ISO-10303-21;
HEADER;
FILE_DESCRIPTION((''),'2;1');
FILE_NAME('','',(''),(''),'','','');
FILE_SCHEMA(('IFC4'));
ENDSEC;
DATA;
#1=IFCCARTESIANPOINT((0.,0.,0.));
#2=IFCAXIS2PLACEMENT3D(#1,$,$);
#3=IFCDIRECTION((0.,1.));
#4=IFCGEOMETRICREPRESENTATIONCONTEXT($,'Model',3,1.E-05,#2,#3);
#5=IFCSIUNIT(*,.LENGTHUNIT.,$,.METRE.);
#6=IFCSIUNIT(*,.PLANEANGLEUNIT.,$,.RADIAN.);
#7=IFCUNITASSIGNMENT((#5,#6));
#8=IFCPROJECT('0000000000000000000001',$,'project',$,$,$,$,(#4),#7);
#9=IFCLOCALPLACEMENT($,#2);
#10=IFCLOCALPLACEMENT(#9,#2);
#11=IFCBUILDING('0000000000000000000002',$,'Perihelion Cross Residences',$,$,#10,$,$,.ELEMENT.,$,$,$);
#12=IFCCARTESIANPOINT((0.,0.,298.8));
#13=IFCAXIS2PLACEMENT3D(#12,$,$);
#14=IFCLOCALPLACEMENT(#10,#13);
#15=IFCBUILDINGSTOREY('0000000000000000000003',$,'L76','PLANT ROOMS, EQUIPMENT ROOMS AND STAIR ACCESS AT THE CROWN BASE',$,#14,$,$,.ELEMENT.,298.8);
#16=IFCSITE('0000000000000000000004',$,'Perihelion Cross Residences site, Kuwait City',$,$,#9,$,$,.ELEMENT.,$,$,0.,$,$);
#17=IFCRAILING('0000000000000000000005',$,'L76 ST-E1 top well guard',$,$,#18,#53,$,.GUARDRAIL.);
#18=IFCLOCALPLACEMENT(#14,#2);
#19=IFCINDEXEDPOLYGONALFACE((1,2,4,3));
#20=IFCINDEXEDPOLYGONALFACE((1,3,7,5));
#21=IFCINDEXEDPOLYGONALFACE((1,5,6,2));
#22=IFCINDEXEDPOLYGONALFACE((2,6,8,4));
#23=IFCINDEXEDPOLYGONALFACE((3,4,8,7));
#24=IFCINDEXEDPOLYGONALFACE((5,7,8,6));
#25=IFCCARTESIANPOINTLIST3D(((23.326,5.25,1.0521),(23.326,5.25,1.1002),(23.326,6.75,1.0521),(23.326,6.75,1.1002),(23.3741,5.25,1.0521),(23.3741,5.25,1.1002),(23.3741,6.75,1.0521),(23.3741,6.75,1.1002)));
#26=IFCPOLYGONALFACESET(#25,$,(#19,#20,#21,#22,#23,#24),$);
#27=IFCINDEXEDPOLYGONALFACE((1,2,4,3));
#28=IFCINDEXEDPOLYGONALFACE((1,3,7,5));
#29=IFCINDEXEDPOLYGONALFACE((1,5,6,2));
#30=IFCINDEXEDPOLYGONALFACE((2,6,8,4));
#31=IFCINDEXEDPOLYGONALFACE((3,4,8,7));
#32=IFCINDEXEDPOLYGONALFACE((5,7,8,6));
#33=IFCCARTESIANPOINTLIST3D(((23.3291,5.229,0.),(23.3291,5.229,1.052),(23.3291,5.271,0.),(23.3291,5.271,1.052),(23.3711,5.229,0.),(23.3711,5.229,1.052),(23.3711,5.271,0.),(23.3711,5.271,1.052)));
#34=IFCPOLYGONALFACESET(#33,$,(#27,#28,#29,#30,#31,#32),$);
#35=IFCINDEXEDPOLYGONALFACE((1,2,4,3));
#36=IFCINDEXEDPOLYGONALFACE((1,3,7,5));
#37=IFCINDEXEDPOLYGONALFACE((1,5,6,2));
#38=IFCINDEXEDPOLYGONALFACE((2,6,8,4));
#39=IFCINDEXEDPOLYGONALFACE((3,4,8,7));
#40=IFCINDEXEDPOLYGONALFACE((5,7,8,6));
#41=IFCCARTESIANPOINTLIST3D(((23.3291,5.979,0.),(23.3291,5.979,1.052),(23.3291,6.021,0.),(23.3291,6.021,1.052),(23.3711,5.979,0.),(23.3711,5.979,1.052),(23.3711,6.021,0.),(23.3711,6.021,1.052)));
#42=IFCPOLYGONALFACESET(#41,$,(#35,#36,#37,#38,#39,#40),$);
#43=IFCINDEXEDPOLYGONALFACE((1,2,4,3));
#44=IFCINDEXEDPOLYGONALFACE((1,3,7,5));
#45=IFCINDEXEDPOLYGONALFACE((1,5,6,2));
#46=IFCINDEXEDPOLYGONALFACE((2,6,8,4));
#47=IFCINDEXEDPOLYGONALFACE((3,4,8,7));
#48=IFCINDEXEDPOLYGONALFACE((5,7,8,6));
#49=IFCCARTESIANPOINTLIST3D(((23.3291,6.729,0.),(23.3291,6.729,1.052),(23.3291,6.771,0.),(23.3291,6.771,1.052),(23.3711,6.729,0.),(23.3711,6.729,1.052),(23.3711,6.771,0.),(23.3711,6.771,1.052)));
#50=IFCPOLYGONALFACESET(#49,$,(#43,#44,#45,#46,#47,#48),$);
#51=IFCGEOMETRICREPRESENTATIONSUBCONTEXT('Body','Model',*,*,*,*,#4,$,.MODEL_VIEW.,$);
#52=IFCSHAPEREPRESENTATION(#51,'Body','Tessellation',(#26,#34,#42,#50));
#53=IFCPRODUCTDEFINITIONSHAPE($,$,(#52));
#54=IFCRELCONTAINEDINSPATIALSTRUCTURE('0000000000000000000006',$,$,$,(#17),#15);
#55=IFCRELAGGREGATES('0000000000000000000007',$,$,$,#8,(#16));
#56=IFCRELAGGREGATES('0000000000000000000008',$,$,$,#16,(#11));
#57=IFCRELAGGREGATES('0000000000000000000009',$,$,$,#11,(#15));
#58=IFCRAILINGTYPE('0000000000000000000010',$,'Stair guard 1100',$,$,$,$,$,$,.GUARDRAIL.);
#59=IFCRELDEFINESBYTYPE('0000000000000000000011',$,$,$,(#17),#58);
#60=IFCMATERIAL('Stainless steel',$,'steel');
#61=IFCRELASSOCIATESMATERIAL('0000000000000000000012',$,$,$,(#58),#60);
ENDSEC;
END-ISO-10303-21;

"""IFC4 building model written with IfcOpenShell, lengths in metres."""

from ifc_helpers import new_model, si_unit, direction, frame, origin, origin_2d, place, context, subcontext, project, spatial, rectangle, extrude, material, type_object, element, save


model = new_model("IFC4")

# Units and contexts
model_context = context("Model", 3, precision=1e-05, world=origin(), true_north=direction((0.0, 1.0)))
body_context = subcontext(model_context, "Body", "Model", "MODEL_VIEW")
ifc_project = project(units=[si_unit("LENGTHUNIT", "METRE"), si_unit("PLANEANGLEUNIT", "RADIAN")], contexts=[model_context])

# Site, building, storey
site_placement = place(None, origin())
site = spatial("IfcSite", under=ifc_project, at=site_placement, Name="Perihelion Cross Residences site, Kuwait City", CompositionType="ELEMENT", RefElevation=0.0)
building_placement = place(site_placement, origin())
building = spatial("IfcBuilding", under=site, at=building_placement, Name="Perihelion Cross Residences", CompositionType="ELEMENT")
storey_placement = place(building_placement, frame((0.0, 0.0, 298.8)))
storey = spatial("IfcBuildingStorey", under=building, at=storey_placement, Name="L76", Description="PLANT ROOMS, EQUIPMENT ROOMS AND STAIR ACCESS AT THE CROWN BASE", CompositionType="ELEMENT", Elevation=298.8)

# Railing
ifc_material_1 = material(Name="Stainless steel", Category="steel")
railing_type_1 = type_object("IfcRailingType", Name="Stair guard 1100", PredefinedType="GUARDRAIL", material=ifc_material_1)
railing_1_placement = place(storey_placement, frame((23.3501, 5.25, 0.0)))
element("IfcRailing", 1, at=railing_1_placement, inside=storey, type_object=railing_type_1, Name="L76 ST-E1 top well guard", PredefinedType="GUARDRAIL", context=body_context, shape_type="SweptSolid", body=[
    extrude(rectangle(XDim=0.0481, YDim=0.0481, at=origin_2d()), frame((0.0, 0.0, 1.0762), z_axis=(0.0, 1.0, 0.0), x_axis=(-1.0, 0.0, 0.0)), (0.0, 0.0, 1.0), 1.5),
    extrude(rectangle(XDim=0.042, YDim=0.042, at=origin_2d()), origin(), (0.0, 0.0, 1.0), 1.052),
    extrude(rectangle(XDim=0.042, YDim=0.042, at=origin_2d()), frame((0.0, 0.75, 0.0)), (0.0, 0.0, 1.0), 1.052),
    extrude(rectangle(XDim=0.042, YDim=0.042, at=origin_2d()), frame((0.0, 1.5, 0.0)), (0.0, 0.0, 1.0), 1.052),
])

save(model, "model.ifc")
